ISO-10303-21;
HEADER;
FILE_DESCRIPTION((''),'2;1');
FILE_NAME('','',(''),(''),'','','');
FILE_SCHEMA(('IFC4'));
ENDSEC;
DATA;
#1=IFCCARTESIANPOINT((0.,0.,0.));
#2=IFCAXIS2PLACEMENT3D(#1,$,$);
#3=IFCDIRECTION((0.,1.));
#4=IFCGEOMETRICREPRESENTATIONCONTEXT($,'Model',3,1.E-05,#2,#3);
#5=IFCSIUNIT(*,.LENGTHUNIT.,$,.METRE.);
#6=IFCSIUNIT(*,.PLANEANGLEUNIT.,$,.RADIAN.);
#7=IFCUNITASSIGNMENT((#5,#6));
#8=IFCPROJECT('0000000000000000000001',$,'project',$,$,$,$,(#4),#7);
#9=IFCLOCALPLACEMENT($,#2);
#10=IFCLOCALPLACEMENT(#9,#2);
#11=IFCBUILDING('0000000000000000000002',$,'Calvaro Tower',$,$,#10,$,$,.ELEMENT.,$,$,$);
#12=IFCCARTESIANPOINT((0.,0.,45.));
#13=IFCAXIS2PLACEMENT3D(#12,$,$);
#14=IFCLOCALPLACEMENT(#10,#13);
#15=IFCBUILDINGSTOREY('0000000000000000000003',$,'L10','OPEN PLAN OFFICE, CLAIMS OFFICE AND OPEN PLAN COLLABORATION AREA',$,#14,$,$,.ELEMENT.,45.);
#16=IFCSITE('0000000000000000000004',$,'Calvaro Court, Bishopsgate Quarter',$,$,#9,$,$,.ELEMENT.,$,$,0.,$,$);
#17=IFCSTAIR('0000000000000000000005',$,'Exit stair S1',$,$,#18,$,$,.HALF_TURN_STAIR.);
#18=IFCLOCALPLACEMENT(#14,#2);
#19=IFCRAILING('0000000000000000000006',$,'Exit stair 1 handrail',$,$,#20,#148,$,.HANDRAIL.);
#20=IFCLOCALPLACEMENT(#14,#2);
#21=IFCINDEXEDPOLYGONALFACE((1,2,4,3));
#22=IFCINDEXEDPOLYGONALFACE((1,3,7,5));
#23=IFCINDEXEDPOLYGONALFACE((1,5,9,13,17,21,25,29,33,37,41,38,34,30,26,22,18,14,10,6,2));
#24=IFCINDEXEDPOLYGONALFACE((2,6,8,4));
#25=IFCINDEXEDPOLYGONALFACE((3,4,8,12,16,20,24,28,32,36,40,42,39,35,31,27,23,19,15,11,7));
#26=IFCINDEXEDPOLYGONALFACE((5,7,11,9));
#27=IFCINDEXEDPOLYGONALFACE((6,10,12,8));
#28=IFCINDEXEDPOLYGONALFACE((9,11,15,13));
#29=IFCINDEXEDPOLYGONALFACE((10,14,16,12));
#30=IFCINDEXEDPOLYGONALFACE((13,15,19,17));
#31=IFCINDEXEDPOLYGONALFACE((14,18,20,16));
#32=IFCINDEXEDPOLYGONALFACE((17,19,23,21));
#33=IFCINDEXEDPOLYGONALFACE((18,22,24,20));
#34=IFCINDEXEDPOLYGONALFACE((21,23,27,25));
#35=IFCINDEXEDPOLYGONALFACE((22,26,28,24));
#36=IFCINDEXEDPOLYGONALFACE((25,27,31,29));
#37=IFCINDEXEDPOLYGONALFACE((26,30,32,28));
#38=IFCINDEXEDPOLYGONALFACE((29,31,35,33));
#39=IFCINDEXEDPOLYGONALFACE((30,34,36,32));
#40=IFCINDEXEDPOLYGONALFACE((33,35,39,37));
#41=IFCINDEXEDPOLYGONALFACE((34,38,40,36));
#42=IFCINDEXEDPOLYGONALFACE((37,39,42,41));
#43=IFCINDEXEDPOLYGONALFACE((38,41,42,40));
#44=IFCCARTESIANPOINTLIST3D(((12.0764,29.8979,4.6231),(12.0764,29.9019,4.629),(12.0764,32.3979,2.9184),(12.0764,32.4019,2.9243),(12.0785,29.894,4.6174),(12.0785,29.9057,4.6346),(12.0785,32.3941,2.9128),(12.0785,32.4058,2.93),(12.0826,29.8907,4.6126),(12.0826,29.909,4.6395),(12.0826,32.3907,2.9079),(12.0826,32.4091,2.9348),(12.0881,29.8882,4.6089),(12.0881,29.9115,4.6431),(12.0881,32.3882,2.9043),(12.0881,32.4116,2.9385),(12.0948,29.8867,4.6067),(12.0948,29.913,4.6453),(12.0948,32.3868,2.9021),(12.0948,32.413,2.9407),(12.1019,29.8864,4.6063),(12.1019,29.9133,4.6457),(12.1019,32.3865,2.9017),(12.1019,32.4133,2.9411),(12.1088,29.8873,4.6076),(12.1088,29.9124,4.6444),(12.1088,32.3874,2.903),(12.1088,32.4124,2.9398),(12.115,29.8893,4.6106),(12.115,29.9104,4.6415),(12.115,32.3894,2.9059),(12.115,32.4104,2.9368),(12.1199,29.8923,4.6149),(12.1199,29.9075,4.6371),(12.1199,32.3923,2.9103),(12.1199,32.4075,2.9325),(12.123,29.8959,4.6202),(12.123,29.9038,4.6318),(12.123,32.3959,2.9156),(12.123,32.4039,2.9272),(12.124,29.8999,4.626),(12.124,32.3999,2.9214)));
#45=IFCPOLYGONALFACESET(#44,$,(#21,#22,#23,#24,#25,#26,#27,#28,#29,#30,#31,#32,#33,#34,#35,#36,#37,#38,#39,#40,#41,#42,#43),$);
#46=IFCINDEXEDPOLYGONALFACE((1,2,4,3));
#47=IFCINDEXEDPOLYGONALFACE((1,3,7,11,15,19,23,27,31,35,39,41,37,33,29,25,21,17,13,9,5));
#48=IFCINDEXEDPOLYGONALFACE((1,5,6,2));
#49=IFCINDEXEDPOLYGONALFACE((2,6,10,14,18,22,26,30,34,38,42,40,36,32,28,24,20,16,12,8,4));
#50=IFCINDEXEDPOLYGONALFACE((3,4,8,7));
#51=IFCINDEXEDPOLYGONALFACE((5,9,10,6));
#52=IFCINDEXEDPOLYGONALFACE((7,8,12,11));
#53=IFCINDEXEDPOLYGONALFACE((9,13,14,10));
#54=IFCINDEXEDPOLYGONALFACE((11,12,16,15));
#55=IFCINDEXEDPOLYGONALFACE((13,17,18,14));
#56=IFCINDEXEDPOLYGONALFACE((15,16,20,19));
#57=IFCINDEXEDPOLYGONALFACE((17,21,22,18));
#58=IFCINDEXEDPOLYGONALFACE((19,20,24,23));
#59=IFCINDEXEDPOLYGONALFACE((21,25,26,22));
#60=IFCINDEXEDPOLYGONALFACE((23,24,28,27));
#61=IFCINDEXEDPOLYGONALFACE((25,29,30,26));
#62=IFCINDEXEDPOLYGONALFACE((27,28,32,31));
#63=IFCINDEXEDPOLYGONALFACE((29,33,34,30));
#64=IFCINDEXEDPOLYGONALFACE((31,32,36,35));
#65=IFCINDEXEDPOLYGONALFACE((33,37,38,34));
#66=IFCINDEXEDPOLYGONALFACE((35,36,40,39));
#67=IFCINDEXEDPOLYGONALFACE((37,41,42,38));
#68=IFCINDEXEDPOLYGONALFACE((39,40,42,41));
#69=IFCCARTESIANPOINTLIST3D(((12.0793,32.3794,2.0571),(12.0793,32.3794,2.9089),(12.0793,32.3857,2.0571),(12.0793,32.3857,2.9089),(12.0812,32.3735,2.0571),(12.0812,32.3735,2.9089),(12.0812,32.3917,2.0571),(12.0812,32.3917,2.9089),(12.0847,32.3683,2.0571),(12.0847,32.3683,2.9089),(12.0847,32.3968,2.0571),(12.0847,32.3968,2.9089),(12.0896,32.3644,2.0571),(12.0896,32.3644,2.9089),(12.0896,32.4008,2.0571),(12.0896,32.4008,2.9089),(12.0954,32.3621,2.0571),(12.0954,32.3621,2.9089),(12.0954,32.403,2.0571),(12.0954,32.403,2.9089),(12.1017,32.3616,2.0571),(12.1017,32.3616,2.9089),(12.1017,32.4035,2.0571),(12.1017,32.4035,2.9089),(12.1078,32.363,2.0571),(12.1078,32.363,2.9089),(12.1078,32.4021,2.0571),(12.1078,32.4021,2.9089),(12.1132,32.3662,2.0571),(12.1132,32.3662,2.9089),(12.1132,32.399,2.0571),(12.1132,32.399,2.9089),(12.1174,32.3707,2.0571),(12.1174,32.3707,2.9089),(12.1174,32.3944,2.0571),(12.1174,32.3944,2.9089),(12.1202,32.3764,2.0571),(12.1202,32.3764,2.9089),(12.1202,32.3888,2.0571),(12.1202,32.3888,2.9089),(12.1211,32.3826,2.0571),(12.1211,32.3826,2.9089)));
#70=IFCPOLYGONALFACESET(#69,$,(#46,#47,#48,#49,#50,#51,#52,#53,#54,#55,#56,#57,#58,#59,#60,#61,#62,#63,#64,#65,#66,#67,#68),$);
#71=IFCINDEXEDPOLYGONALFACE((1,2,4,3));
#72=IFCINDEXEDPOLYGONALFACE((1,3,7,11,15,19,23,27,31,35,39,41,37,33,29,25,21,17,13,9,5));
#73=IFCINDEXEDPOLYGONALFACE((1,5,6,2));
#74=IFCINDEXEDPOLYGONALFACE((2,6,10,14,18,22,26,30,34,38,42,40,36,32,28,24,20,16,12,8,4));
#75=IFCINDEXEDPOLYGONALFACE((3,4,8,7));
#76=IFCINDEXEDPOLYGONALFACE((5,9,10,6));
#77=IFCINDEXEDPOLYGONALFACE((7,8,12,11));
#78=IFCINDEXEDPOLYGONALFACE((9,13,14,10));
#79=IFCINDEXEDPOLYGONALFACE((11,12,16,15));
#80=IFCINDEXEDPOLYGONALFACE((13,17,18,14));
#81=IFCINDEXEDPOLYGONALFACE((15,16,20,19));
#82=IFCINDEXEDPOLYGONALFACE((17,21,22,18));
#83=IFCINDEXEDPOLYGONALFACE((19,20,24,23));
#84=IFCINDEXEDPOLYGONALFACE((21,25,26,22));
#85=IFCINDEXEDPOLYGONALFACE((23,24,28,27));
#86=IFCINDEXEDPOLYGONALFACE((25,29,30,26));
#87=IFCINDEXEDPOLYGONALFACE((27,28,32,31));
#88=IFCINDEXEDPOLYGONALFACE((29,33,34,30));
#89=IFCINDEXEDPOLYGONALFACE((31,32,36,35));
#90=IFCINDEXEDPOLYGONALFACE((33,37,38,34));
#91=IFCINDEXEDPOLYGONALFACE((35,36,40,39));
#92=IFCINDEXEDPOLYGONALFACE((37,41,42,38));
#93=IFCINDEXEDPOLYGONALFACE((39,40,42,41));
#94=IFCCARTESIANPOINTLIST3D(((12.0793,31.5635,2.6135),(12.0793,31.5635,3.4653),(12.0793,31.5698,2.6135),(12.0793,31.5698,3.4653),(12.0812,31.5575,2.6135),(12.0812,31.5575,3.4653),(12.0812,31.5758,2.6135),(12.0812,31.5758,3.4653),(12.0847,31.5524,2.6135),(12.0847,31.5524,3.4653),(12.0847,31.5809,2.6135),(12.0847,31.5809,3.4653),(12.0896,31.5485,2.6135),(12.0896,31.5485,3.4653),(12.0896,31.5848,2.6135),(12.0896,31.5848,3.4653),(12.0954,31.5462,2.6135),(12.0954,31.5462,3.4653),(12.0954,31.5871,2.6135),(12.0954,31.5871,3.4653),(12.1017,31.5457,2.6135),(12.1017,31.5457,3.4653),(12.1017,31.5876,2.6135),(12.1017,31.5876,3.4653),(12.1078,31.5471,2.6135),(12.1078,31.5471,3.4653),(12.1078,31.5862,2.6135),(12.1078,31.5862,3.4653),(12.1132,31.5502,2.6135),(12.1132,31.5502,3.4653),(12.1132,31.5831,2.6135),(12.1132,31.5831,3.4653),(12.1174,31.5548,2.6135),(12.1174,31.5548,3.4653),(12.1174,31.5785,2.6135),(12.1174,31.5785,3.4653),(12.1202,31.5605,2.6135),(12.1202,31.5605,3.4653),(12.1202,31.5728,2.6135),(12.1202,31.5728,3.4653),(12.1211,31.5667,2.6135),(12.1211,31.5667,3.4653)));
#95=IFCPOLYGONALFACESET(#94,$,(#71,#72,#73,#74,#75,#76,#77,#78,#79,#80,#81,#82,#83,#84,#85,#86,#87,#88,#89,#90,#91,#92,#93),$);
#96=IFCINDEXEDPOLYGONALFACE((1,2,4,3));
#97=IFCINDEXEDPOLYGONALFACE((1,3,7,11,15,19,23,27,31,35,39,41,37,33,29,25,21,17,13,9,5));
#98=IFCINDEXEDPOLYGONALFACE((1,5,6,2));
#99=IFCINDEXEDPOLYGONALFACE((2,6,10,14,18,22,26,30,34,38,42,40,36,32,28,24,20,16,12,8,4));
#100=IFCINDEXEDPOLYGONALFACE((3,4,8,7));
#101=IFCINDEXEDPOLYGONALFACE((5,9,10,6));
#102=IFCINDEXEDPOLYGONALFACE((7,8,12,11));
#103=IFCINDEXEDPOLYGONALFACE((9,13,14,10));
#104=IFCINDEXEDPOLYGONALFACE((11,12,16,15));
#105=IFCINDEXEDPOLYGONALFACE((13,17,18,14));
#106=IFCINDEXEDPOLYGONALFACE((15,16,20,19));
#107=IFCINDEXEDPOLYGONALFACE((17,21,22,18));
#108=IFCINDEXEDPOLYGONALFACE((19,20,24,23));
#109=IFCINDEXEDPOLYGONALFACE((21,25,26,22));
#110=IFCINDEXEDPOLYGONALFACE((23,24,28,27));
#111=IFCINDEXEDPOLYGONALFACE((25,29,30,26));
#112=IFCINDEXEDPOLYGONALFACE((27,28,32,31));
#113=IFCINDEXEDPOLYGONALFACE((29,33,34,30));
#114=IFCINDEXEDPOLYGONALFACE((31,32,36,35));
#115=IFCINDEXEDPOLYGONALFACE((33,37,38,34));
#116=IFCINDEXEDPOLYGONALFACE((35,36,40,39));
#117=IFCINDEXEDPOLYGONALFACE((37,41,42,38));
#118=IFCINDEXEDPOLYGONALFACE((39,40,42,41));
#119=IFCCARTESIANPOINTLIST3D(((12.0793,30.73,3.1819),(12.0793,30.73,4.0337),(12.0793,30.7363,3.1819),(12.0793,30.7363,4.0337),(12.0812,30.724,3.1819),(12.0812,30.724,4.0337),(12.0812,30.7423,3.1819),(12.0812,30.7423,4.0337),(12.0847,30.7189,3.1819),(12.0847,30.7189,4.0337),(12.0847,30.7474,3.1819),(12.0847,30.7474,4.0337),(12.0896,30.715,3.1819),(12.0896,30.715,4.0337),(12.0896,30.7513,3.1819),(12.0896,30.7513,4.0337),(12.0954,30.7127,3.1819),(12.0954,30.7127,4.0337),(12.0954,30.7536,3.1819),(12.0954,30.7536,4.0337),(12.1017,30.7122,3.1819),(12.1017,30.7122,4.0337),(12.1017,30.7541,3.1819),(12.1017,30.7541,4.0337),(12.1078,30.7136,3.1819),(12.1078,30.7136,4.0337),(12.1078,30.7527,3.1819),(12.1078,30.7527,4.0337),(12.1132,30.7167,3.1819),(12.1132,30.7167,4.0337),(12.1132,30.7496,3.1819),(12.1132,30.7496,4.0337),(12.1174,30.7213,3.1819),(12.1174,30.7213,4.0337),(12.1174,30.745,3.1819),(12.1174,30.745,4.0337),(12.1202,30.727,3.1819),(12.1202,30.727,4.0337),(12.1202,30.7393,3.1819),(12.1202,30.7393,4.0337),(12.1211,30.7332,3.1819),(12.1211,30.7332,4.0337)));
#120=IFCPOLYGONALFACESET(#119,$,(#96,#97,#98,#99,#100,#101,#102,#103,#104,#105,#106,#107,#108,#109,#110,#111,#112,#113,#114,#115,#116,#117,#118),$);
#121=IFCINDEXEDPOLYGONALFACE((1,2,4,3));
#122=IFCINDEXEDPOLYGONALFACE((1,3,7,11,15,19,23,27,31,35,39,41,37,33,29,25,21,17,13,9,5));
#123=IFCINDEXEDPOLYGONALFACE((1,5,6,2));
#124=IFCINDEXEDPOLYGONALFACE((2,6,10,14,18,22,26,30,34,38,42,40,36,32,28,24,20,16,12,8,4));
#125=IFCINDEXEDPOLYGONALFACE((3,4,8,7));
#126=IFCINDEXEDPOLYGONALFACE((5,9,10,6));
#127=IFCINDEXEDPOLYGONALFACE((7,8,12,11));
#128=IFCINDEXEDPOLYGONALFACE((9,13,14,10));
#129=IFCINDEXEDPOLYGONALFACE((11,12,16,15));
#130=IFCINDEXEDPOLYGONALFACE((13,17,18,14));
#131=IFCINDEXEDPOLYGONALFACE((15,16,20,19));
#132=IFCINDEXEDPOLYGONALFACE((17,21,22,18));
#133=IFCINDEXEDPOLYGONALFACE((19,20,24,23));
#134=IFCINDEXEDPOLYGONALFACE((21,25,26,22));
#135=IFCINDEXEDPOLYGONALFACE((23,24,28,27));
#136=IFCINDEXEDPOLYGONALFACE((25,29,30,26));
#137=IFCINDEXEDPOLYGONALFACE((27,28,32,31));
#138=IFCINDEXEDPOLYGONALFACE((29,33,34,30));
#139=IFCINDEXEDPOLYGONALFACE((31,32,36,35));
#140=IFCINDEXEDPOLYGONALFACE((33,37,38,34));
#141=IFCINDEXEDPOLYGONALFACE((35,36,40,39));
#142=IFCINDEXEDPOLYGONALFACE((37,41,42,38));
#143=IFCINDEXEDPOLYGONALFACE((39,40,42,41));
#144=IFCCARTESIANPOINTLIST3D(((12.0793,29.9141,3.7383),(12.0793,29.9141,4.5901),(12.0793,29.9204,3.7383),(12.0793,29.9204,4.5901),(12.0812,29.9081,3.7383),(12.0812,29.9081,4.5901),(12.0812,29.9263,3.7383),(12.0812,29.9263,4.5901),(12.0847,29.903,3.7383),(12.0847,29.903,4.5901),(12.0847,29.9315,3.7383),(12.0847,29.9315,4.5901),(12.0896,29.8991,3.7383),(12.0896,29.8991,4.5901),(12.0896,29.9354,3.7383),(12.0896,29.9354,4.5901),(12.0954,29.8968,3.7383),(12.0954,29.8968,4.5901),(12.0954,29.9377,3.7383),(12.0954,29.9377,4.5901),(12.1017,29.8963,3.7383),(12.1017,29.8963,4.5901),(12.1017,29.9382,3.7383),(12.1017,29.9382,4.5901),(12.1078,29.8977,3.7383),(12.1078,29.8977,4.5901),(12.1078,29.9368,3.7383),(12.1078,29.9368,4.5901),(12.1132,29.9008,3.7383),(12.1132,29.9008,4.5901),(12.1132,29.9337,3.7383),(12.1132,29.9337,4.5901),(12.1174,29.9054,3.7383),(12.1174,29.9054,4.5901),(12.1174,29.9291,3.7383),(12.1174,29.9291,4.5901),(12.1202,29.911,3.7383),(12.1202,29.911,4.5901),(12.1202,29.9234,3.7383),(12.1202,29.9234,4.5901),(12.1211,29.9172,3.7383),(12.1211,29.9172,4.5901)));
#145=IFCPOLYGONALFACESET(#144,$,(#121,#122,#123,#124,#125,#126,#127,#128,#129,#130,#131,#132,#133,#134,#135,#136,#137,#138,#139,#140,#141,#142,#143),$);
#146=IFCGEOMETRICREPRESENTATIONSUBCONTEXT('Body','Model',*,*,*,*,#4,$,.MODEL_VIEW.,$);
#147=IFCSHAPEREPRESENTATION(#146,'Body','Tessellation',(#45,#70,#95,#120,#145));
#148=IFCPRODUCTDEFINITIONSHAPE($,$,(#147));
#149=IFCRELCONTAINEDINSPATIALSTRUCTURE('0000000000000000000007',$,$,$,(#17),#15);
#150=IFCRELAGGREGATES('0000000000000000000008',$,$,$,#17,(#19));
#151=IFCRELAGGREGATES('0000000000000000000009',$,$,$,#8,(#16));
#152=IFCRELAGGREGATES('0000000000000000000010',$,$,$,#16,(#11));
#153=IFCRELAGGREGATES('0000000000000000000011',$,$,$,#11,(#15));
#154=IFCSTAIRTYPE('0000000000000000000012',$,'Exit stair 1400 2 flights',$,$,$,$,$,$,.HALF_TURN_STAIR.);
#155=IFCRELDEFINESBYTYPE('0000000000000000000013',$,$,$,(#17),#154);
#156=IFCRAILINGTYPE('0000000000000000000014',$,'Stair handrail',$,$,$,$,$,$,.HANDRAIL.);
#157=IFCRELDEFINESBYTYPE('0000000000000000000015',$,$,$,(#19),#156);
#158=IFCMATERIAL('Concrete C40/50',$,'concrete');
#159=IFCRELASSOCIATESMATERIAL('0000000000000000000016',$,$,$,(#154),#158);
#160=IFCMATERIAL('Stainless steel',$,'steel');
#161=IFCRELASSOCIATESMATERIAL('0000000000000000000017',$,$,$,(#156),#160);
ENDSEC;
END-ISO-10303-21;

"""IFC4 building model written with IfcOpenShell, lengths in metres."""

from ifc_helpers import new_model, si_unit, direction, frame, origin, origin_2d, place, context, subcontext, project, spatial, circle, extrude, material, type_object, element, aggregate, save


model = new_model("IFC4")

# Units and contexts
model_context = context("Model", 3, precision=1e-05, world=origin(), true_north=direction((0.0, 1.0)))
body_context = subcontext(model_context, "Body", "Model", "MODEL_VIEW")
ifc_project = project(units=[si_unit("LENGTHUNIT", "METRE"), si_unit("PLANEANGLEUNIT", "RADIAN")], contexts=[model_context])

# Site, building, storey
site_placement = place(None, origin())
site = spatial("IfcSite", under=ifc_project, at=site_placement, Name="Calvaro Court, Bishopsgate Quarter", CompositionType="ELEMENT", RefElevation=0.0)
building_placement = place(site_placement, origin())
building = spatial("IfcBuilding", under=site, at=building_placement, Name="Calvaro Tower", CompositionType="ELEMENT")
storey_placement = place(building_placement, frame((0.0, 0.0, 45.0)))
storey = spatial("IfcBuildingStorey", under=building, at=storey_placement, Name="L10", Description="OPEN PLAN OFFICE, CLAIMS OFFICE AND OPEN PLAN COLLABORATION AREA", CompositionType="ELEMENT", Elevation=45.0)

# Stair, railing
ifc_material_1 = material(Name="Concrete C40/50", Category="concrete")
stair_type = type_object("IfcStairType", Name="Exit stair 1400 2 flights", PredefinedType="HALF_TURN_STAIR", material=ifc_material_1)
stair_placement = place(storey_placement, origin())
stair = element("IfcStair", 1, at=stair_placement, inside=storey, type_object=stair_type, Name="Exit stair S1", PredefinedType="HALF_TURN_STAIR")
ifc_material_2 = material(Name="Stainless steel", Category="steel")
railing_type = type_object("IfcRailingType", Name="Stair handrail", PredefinedType="HANDRAIL", material=ifc_material_2)
railing_1_placement = place(storey_placement, frame((12.1001, 32.3999, 2.0454)))
railing_1 = element("IfcRailing", 2, at=railing_1_placement, type_object=railing_type, Name="Exit stair 1 handrail", PredefinedType="HANDRAIL", context=body_context, shape_type="SweptSolid", body=[
    extrude(circle(Radius=0.0239, at=origin_2d()), frame((0.0, 0.0, 0.876), z_axis=(0.0, -0.826221, 0.563347), x_axis=(1.0, 0.0, 0.0)), (0.0, 0.0, 1.0), 3.0259),
    extrude(circle(Radius=0.021, at=origin_2d()), frame((0.0, -0.0173, 0.0117)), (0.0, 0.0, 1.0), 0.8518),
    extrude(circle(Radius=0.021, at=origin_2d()), frame((0.0, -0.8333, 0.5681)), (0.0, 0.0, 1.0), 0.8518),
    extrude(circle(Radius=0.021, at=origin_2d()), frame((0.0, -1.6667, 1.1365)), (0.0, 0.0, 1.0), 0.8518),
    extrude(circle(Radius=0.021, at=origin_2d()), frame((0.0, -2.4827, 1.6929)), (0.0, 0.0, 1.0), 0.8518),
])
aggregate(stair, [railing_1])

save(model, "model.ifc")
